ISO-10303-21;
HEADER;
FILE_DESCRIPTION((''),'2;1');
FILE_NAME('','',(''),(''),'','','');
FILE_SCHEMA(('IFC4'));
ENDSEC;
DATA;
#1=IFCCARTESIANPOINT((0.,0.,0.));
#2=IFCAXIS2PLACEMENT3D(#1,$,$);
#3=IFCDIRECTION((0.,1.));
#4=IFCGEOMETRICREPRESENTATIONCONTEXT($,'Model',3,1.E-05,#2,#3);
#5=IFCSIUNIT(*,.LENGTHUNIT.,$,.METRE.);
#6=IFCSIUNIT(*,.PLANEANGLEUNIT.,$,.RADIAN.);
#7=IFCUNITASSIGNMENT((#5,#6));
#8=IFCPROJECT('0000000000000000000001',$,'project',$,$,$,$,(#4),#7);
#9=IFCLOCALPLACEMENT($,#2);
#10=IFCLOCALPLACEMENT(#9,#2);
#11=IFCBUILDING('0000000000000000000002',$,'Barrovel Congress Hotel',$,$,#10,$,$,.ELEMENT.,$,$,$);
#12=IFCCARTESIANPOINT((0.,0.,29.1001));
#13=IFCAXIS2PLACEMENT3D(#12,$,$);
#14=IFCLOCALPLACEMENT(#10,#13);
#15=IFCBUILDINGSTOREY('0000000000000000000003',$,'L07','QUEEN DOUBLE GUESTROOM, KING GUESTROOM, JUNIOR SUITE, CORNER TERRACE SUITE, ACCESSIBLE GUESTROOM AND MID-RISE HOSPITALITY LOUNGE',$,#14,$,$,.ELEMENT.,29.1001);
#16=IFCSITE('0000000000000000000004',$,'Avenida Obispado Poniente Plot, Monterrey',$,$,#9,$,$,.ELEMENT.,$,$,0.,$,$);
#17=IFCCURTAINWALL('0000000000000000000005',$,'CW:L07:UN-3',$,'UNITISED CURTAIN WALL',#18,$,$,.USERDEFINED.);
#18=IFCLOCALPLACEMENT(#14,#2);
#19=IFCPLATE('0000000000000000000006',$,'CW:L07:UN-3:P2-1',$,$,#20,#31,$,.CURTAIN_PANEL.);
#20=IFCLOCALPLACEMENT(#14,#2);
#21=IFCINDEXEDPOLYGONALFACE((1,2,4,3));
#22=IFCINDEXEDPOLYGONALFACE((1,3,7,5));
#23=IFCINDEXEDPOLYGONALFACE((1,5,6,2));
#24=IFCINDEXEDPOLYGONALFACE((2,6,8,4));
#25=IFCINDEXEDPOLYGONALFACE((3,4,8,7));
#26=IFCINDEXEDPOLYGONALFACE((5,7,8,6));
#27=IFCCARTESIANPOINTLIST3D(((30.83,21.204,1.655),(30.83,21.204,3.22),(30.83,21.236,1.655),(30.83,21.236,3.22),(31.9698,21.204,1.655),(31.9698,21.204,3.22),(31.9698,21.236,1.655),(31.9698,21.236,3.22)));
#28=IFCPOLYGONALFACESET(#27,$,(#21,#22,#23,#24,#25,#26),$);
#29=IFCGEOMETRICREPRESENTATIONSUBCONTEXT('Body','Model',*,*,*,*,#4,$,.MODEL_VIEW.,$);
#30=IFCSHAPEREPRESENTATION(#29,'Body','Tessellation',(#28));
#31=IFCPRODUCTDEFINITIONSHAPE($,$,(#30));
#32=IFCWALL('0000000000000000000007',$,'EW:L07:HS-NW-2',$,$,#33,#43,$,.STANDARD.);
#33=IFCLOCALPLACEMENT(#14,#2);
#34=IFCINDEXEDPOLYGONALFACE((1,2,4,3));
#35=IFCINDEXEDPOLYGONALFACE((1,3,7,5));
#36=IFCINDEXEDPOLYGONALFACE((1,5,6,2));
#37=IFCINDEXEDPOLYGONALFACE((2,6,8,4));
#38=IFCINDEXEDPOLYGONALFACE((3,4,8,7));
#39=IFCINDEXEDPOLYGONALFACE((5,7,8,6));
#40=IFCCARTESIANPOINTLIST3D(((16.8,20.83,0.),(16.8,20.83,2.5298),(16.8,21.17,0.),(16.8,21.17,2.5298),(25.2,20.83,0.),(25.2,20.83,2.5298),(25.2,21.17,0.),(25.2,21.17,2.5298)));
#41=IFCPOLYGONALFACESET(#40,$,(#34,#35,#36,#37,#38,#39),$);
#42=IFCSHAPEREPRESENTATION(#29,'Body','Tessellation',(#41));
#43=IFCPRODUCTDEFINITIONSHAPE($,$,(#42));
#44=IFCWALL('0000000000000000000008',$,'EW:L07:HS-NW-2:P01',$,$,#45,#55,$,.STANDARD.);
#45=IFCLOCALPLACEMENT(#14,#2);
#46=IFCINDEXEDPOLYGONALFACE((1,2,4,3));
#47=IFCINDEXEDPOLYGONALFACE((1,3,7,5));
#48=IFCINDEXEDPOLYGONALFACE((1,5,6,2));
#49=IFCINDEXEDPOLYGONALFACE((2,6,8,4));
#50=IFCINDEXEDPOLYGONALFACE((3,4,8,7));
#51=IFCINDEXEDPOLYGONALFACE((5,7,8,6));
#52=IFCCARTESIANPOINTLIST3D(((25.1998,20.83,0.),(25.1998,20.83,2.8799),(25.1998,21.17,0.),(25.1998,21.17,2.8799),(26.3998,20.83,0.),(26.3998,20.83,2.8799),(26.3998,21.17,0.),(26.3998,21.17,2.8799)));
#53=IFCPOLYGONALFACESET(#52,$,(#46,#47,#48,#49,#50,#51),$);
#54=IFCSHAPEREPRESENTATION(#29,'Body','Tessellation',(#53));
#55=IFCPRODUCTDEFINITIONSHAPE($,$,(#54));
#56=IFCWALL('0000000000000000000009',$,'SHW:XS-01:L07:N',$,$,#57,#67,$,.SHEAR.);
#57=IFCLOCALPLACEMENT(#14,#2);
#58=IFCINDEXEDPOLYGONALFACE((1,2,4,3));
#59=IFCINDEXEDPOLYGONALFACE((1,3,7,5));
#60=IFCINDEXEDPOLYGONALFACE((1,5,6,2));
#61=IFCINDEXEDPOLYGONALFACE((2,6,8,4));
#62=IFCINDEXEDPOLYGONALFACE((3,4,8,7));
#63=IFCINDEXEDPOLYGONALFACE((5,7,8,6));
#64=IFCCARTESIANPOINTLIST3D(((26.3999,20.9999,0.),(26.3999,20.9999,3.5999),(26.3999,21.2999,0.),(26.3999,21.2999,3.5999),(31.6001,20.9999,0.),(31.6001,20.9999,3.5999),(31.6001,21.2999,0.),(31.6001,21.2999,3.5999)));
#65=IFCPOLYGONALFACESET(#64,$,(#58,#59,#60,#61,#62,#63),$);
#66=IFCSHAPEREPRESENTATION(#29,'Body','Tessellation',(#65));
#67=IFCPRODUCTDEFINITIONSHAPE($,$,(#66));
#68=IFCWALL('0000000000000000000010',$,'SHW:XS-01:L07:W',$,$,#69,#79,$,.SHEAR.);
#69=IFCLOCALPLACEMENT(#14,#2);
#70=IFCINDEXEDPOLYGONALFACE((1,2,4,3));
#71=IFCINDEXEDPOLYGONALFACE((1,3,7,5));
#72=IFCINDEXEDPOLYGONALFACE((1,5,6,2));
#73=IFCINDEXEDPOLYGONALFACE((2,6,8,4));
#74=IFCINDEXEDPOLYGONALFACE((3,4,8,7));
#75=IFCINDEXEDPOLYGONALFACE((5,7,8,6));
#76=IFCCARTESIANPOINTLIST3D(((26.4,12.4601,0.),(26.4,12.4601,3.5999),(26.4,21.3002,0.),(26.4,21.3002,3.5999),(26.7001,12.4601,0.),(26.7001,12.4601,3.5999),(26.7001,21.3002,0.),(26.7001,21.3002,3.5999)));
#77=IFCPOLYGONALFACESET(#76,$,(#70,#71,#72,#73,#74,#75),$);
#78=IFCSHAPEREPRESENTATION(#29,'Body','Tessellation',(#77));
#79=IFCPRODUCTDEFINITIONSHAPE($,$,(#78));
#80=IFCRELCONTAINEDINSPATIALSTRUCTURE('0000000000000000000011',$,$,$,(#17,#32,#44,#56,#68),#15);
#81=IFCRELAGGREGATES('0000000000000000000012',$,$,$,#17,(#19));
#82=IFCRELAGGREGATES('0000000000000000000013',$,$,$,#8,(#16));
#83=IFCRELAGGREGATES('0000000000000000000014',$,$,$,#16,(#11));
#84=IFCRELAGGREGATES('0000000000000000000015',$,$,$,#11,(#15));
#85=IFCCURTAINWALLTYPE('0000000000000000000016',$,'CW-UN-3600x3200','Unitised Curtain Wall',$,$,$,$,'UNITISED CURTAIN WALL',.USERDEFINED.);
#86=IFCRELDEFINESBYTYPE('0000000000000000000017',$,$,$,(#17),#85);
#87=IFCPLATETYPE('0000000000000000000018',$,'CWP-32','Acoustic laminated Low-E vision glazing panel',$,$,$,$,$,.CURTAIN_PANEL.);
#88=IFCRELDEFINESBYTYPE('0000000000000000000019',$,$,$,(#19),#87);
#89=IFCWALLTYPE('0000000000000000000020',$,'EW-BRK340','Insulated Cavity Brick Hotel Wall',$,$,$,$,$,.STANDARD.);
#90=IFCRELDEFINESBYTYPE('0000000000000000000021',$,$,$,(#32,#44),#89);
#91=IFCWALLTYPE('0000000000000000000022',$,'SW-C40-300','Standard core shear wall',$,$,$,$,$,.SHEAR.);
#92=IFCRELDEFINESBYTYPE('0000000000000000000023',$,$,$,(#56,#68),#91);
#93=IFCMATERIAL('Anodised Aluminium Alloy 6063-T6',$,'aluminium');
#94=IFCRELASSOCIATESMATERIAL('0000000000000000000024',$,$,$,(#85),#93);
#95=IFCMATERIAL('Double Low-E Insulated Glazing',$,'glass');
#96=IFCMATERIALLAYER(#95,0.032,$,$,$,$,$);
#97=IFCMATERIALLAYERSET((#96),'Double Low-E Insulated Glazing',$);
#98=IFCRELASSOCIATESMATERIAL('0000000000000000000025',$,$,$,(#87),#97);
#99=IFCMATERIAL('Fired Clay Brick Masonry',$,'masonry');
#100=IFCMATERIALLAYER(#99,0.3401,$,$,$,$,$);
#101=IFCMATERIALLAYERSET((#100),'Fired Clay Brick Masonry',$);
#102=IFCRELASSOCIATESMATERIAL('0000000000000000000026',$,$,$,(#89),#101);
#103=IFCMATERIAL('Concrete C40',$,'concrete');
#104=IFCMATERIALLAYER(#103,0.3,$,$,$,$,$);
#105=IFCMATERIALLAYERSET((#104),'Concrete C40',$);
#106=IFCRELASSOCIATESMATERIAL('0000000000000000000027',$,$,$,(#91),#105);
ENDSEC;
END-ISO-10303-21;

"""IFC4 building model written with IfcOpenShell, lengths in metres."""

from ifc_helpers import new_model, si_unit, direction, frame, frame_2d, origin, origin_2d, place, context, subcontext, project, spatial, rectangle, extrude, material, layer, layer_set, type_object, element, aggregate, save


model = new_model("IFC4")

# Units and contexts
model_context = context("Model", 3, precision=1e-05, world=origin(), true_north=direction((0.0, 1.0)))
body_context = subcontext(model_context, "Body", "Model", "MODEL_VIEW")
ifc_project = project(units=[si_unit("LENGTHUNIT", "METRE"), si_unit("PLANEANGLEUNIT", "RADIAN")], contexts=[model_context])

# Site, building, storey
site_placement = place(None, origin())
site = spatial("IfcSite", under=ifc_project, at=site_placement, Name="Avenida Obispado Poniente Plot, Monterrey", CompositionType="ELEMENT", RefElevation=0.0)
building_placement = place(site_placement, origin())
building = spatial("IfcBuilding", under=site, at=building_placement, Name="Barrovel Congress Hotel", CompositionType="ELEMENT")
storey_placement = place(building_placement, frame((0.0, 0.0, 29.1001)))
storey = spatial("IfcBuildingStorey", under=building, at=storey_placement, Name="L07", Description="QUEEN DOUBLE GUESTROOM, KING GUESTROOM, JUNIOR SUITE, CORNER TERRACE SUITE, ACCESSIBLE GUESTROOM AND MID-RISE HOSPITALITY LOUNGE", CompositionType="ELEMENT", Elevation=29.1001)

# Shared definitions
ifc_material_1 = material(Name="Concrete C40", Category="concrete")

# Curtain wall, plate
ifc_material_2 = material(Name="Anodised Aluminium Alloy 6063-T6", Category="aluminium")
curtain_wall_type = type_object("IfcCurtainWallType", Name="CW-UN-3600x3200", Description="Unitised Curtain Wall", ElementType="UNITISED CURTAIN WALL", PredefinedType="USERDEFINED", material=ifc_material_2)
curtain_wall_placement = place(storey_placement, origin())
curtain_wall = element("IfcCurtainWall", 1, at=curtain_wall_placement, inside=storey, type_object=curtain_wall_type, Name="CW:L07:UN-3", ObjectType="UNITISED CURTAIN WALL", PredefinedType="USERDEFINED")
ifc_material_3 = material(Name="Double Low-E Insulated Glazing", Category="glass")
ifc_layer_1 = layer(ifc_material_3, 0.032)
ifc_layer_set_1 = layer_set([ifc_layer_1], Name="Double Low-E Insulated Glazing")
plate_type = type_object("IfcPlateType", Name="CWP-32", Description="Acoustic laminated Low-E vision glazing panel", PredefinedType="CURTAIN_PANEL", material=ifc_layer_set_1)
plate_1_placement = place(storey_placement, frame((31.3999, 21.22, 1.655), z_axis=(0.0, 0.0, 1.0), x_axis=(1.0, 0.0, 0.0)))
plate_1 = element("IfcPlate", 2, at=plate_1_placement, type_object=plate_type, Name="CW:L07:UN-3:P2-1", PredefinedType="CURTAIN_PANEL", context=body_context, shape_type="SweptSolid", body=[
    extrude(rectangle(XDim=1.1399, YDim=0.032, at=origin_2d()), origin(), (0.0, 0.0, 1.0), 1.5649),
])
aggregate(curtain_wall, [plate_1])

# Walls
ifc_material_4 = material(Name="Fired Clay Brick Masonry", Category="masonry")
ifc_layer_2 = layer(ifc_material_4, 0.3401)
ifc_layer_set_2 = layer_set([ifc_layer_2], Name="Fired Clay Brick Masonry")
wall_type_1 = type_object("IfcWallType", Name="EW-BRK340", Description="Insulated Cavity Brick Hotel Wall", PredefinedType="STANDARD", material=ifc_layer_set_2)
wall_1_placement = place(storey_placement, frame((25.2, 21.0, 0.0), z_axis=(0.0, 0.0, 1.0), x_axis=(-1.0, 0.0, 0.0)))
element("IfcWall", 3, at=wall_1_placement, inside=storey, type_object=wall_type_1, Name="EW:L07:HS-NW-2", PredefinedType="STANDARD", context=body_context, shape_type="SweptSolid", body=[
    extrude(rectangle(XDim=8.3999, YDim=0.3401, at=frame_2d((4.2, 0.0))), origin(), (0.0, 0.0, 1.0), 2.5298),
])
wall_2_placement = place(storey_placement, frame((26.3999, 21.0, 0.0), z_axis=(0.0, 0.0, 1.0), x_axis=(-1.0, 0.0, 0.0)))
element("IfcWall", 4, at=wall_2_placement, inside=storey, type_object=wall_type_1, Name="EW:L07:HS-NW-2:P01", PredefinedType="STANDARD", context=body_context, shape_type="SweptSolid", body=[
    extrude(rectangle(XDim=1.2, YDim=0.3401, at=frame_2d((0.6001, 0.0))), origin(), (0.0, 0.0, 1.0), 2.8799),
])
ifc_layer_3 = layer(ifc_material_1, 0.3)
ifc_layer_set_3 = layer_set([ifc_layer_3], Name="Concrete C40")
wall_type_2 = type_object("IfcWallType", Name="SW-C40-300", Description="Standard core shear wall", PredefinedType="SHEAR", material=ifc_layer_set_3)
wall_3_placement = place(storey_placement, frame((31.6001, 21.1499, 0.0), z_axis=(0.0, 0.0, 1.0), x_axis=(-1.0, 0.0, 0.0)))
element("IfcWall", 5, at=wall_3_placement, inside=storey, type_object=wall_type_2, Name="SHW:XS-01:L07:N", PredefinedType="SHEAR", context=body_context, shape_type="SweptSolid", body=[
    extrude(rectangle(XDim=5.2002, YDim=0.3, at=frame_2d((2.6001, 0.0))), origin(), (0.0, 0.0, 1.0), 3.5999),
])
wall_4_placement = place(storey_placement, frame((26.55, 21.3, 0.0), z_axis=(0.0, 0.0, 1.0), x_axis=(0.0, -1.0, 0.0)))
element("IfcWall", 6, at=wall_4_placement, inside=storey, type_object=wall_type_2, Name="SHW:XS-01:L07:W", PredefinedType="SHEAR", context=body_context, shape_type="SweptSolid", body=[
    extrude(rectangle(XDim=8.8401, YDim=0.3, at=frame_2d((4.4199, 0.0))), origin(), (0.0, 0.0, 1.0), 3.5999),
])

save(model, "model.ifc")
